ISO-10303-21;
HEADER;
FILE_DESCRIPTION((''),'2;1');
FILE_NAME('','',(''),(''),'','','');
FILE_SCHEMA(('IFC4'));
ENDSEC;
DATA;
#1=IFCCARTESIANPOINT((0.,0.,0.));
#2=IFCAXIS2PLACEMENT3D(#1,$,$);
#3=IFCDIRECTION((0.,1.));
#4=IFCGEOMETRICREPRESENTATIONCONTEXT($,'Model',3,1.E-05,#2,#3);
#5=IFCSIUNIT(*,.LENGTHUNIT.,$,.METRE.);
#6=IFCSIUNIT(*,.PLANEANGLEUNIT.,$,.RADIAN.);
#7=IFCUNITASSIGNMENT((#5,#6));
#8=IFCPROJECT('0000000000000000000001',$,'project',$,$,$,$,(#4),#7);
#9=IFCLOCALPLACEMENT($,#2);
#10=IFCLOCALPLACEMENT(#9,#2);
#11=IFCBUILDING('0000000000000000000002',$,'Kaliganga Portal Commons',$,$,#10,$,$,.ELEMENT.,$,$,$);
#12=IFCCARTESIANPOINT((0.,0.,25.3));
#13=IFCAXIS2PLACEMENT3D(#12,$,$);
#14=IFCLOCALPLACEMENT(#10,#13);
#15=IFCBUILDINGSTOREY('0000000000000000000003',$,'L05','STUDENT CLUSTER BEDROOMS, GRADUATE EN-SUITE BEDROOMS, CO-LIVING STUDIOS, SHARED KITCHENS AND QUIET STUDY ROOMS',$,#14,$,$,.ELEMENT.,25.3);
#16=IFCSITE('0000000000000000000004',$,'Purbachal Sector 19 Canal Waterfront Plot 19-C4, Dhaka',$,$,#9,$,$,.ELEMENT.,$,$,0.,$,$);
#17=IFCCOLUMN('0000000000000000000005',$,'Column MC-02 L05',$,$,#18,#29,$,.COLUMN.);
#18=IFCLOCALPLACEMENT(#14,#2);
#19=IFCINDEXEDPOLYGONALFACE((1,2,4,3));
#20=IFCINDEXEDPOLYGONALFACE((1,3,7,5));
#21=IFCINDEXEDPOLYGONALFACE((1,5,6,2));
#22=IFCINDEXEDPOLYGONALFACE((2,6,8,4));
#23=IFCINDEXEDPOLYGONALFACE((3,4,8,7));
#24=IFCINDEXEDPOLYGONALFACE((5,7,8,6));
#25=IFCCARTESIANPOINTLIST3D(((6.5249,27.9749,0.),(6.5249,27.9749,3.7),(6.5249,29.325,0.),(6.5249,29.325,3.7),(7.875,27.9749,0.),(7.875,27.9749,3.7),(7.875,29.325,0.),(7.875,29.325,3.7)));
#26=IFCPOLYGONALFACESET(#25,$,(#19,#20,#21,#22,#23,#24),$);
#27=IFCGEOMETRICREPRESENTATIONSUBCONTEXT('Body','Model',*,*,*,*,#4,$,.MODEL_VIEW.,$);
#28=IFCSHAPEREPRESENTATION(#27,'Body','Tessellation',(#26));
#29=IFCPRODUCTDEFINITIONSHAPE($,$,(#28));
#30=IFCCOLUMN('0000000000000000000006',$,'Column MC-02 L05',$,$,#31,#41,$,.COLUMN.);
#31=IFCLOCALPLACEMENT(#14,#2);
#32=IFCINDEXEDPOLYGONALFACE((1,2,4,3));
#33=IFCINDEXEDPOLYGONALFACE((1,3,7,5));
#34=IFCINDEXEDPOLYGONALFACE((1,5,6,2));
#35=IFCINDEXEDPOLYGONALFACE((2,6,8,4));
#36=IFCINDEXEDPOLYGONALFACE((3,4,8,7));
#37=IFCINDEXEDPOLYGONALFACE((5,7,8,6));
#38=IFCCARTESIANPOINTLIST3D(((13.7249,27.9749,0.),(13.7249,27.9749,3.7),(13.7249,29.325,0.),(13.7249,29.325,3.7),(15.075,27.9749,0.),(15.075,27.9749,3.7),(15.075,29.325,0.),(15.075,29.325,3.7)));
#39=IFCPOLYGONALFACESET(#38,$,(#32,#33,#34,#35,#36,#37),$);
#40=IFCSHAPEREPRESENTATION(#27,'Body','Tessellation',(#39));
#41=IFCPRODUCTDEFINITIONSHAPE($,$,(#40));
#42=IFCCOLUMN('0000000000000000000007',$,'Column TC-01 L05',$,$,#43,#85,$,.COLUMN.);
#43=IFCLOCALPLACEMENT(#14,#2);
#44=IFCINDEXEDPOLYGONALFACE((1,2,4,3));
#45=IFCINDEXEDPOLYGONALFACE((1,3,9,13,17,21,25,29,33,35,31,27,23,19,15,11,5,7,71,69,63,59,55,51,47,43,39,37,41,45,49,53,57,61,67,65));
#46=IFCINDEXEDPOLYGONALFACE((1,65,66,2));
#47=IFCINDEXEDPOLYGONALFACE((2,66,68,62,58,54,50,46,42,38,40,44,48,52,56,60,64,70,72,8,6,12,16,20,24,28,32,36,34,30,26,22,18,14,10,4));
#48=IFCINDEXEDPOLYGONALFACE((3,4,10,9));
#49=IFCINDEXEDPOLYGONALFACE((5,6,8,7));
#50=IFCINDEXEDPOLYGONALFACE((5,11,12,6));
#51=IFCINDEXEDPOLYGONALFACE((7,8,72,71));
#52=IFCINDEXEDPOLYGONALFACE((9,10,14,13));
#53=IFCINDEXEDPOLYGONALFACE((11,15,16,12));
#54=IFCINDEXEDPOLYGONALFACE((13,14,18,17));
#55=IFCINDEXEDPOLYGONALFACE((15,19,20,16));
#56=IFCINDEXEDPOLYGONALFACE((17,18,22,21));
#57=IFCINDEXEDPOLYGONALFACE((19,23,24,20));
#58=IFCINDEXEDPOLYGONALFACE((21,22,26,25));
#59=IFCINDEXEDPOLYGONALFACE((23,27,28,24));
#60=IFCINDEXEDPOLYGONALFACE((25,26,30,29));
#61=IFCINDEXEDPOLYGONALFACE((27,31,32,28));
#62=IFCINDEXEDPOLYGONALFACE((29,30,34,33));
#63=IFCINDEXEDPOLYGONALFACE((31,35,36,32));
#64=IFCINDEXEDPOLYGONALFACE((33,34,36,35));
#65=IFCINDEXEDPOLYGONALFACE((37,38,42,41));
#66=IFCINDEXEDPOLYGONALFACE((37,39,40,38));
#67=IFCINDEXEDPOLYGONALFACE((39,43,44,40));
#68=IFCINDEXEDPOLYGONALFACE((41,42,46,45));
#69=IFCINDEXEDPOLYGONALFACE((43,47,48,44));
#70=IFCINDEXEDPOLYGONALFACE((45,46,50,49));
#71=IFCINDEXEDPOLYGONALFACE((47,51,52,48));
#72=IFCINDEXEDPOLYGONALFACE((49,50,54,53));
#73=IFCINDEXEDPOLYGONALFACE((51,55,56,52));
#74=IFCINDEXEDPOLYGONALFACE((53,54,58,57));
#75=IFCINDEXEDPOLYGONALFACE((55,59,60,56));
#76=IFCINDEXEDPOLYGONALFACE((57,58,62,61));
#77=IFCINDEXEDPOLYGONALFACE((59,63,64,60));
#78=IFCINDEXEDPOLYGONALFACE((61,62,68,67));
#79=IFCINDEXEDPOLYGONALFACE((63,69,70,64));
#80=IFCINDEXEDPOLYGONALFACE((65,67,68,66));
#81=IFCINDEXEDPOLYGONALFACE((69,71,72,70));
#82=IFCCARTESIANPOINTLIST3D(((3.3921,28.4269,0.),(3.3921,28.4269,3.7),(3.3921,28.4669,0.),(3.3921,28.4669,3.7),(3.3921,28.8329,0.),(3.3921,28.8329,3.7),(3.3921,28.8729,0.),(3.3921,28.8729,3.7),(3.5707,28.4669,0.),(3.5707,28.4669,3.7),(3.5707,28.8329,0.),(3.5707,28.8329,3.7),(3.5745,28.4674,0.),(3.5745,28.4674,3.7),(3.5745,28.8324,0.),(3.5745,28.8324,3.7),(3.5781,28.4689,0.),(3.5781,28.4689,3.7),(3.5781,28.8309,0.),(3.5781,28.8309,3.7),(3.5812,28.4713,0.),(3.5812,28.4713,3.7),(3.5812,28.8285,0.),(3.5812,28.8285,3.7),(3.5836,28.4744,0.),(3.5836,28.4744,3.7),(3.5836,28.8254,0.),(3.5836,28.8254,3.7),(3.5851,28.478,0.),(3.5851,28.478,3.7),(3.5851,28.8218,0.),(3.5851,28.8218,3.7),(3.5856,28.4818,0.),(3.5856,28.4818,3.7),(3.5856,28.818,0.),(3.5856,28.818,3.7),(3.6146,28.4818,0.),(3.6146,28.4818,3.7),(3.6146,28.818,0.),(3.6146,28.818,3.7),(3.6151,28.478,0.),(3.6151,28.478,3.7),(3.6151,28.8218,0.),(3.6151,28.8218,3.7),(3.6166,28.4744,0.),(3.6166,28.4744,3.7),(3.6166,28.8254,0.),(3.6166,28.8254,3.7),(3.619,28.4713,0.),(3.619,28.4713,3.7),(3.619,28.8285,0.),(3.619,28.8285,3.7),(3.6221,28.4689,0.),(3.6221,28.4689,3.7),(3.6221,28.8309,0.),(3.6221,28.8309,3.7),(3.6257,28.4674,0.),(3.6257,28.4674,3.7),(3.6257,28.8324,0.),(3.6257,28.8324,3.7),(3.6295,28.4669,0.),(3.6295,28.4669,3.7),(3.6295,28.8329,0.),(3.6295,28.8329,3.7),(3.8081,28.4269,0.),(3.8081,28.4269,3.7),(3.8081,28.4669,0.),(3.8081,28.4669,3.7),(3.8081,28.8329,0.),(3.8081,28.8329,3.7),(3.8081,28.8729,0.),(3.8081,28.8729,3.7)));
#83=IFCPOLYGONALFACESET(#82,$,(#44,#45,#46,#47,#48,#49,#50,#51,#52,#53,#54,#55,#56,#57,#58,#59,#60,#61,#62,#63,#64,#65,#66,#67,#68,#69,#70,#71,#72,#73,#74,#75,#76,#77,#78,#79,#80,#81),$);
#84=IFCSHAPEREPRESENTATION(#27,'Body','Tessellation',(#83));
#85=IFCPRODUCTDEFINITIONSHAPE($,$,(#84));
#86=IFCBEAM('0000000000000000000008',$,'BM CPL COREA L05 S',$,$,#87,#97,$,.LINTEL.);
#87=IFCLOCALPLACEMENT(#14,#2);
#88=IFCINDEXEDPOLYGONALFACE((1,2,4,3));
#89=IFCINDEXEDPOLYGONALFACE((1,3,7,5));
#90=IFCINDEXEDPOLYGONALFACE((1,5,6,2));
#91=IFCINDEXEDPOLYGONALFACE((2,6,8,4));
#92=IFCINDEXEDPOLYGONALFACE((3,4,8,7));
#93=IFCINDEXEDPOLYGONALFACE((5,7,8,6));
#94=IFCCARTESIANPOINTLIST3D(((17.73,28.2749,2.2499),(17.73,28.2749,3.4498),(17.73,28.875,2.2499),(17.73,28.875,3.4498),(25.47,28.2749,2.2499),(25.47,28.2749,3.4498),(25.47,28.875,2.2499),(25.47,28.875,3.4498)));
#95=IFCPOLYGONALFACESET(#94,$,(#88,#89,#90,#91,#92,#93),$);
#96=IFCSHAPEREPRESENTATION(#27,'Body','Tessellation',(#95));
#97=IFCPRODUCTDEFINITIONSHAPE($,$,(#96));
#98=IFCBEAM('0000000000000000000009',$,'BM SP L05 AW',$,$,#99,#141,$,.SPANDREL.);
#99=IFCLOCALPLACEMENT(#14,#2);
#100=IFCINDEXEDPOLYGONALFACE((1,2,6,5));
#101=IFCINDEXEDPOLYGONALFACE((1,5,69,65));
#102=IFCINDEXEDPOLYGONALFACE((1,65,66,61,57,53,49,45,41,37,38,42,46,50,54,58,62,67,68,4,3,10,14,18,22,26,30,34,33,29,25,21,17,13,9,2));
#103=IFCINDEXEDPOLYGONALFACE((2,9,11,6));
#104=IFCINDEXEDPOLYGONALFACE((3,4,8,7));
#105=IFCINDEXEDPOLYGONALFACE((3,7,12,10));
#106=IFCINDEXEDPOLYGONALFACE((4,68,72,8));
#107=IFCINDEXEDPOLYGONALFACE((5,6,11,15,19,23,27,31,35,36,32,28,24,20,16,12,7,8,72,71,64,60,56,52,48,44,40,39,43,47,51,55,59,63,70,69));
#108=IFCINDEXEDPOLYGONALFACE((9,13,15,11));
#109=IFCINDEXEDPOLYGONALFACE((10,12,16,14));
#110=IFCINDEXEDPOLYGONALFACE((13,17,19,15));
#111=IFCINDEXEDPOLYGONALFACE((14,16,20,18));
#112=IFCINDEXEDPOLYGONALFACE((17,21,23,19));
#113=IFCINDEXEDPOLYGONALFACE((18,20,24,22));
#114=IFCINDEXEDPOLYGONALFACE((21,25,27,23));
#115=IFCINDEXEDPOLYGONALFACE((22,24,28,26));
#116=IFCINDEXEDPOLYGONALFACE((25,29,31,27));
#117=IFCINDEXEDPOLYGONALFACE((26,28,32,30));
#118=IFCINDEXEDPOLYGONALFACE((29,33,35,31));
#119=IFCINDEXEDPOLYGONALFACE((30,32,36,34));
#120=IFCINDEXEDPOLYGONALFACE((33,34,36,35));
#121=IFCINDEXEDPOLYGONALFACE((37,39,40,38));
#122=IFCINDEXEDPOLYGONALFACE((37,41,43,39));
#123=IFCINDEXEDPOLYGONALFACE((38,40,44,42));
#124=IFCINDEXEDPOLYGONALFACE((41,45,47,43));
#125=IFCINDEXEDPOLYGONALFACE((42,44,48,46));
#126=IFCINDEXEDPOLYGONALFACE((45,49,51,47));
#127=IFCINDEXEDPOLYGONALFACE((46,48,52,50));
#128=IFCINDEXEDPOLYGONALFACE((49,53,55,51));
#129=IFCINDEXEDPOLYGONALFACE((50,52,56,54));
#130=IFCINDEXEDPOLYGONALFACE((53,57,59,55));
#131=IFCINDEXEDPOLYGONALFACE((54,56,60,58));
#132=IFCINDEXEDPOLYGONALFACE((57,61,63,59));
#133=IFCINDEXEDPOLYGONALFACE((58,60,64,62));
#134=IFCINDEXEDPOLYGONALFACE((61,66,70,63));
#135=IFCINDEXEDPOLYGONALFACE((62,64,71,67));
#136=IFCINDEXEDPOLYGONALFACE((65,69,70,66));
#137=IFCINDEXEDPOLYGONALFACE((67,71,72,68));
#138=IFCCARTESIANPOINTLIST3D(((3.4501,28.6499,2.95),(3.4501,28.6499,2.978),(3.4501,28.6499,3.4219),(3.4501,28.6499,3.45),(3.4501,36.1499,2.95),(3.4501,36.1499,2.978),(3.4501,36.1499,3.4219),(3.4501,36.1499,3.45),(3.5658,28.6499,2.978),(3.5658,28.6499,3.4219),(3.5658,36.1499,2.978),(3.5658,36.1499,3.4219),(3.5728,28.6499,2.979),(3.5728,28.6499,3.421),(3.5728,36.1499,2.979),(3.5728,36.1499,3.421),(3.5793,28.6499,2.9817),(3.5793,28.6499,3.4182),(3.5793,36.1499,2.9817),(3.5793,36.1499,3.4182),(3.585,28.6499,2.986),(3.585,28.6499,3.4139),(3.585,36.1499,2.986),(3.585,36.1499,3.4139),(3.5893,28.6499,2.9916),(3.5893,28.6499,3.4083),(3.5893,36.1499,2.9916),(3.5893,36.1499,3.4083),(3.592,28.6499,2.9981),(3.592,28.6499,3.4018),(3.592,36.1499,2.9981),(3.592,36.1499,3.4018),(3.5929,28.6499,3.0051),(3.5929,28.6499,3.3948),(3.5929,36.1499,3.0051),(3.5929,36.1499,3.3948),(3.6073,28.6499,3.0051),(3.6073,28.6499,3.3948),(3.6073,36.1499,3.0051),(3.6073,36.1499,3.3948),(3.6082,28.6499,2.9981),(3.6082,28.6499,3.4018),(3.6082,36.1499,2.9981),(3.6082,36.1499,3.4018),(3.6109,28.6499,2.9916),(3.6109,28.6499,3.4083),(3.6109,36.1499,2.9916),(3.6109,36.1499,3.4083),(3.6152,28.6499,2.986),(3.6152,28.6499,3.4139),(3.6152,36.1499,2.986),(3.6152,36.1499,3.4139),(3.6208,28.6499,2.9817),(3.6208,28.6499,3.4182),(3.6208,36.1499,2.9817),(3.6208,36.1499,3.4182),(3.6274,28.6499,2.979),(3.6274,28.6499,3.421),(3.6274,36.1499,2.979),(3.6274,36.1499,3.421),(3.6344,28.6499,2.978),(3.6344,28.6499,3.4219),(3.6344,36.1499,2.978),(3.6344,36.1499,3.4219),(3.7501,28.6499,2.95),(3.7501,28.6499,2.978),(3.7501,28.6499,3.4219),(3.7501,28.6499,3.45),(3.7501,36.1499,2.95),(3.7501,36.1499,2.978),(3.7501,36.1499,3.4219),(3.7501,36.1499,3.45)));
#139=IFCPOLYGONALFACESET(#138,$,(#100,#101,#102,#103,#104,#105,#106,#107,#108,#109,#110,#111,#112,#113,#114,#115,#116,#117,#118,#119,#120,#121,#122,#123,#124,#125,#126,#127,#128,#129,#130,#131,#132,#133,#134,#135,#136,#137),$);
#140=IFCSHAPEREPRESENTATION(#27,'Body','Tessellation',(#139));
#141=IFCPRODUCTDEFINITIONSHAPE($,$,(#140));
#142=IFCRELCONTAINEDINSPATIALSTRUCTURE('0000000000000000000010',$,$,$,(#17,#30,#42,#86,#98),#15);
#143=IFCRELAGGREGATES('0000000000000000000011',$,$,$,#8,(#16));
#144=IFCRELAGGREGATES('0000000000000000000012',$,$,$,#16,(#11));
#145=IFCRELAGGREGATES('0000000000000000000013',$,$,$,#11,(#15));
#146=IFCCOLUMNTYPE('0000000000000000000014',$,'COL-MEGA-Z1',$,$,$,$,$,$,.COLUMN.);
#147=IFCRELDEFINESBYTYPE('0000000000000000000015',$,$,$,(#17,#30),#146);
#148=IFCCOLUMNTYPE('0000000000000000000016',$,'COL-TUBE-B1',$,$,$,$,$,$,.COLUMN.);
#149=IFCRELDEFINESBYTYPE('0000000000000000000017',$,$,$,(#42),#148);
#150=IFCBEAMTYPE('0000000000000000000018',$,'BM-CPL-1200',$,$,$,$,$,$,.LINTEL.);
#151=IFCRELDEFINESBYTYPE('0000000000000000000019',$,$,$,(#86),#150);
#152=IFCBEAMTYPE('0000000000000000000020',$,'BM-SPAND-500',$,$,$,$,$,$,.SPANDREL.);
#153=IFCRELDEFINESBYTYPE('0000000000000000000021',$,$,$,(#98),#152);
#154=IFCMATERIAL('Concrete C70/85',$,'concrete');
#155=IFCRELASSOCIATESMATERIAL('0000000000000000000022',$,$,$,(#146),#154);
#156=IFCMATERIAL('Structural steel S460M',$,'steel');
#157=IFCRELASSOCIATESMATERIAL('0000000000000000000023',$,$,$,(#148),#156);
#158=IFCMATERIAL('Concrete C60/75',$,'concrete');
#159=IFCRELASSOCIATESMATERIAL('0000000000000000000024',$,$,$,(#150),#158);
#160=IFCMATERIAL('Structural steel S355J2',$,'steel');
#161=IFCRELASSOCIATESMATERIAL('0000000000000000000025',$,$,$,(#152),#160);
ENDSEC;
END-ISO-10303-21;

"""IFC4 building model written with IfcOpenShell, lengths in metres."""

from ifc_helpers import new_model, si_unit, direction, frame, origin, origin_2d, place, context, subcontext, project, spatial, rectangle, i_section, extrude, source, transform, mapped, material, material_profile, profile_set, type_object, element, save


model = new_model("IFC4")

# Units and contexts
model_context = context("Model", 3, precision=1e-05, world=origin(), true_north=direction((0.0, 1.0)))
body_context = subcontext(model_context, "Body", "Model", "MODEL_VIEW")
ifc_project = project(units=[si_unit("LENGTHUNIT", "METRE"), si_unit("PLANEANGLEUNIT", "RADIAN")], contexts=[model_context])

# Site, building, storey
site_placement = place(None, origin())
site = spatial("IfcSite", under=ifc_project, at=site_placement, Name="Purbachal Sector 19 Canal Waterfront Plot 19-C4, Dhaka", CompositionType="ELEMENT", RefElevation=0.0)
building_placement = place(site_placement, origin())
building = spatial("IfcBuilding", under=site, at=building_placement, Name="Kaliganga Portal Commons", CompositionType="ELEMENT")
storey_placement = place(building_placement, frame((0.0, 0.0, 25.3)))
storey = spatial("IfcBuildingStorey", under=building, at=storey_placement, Name="L05", Description="STUDENT CLUSTER BEDROOMS, GRADUATE EN-SUITE BEDROOMS, CO-LIVING STUDIOS, SHARED KITCHENS AND QUIET STUDY ROOMS", CompositionType="ELEMENT", Elevation=25.3)

# Columns
ifc_material_1 = material(Name="Concrete C70/85", Category="concrete")
ifc_material_profile_1 = material_profile(ifc_material_1, rectangle(XDim=1.3501, YDim=1.3501, at=origin_2d()), Name="RC 1350x1350")
ifc_profile_set_1 = profile_set([ifc_material_profile_1], Name="Concrete C70/85")
column_type_1 = type_object("IfcColumnType", Name="COL-MEGA-Z1", PredefinedType="COLUMN", material=ifc_profile_set_1)
shared_shape_1 = source(origin(), body_context, "Body", "SweptSolid", [
    extrude(rectangle(XDim=1.3501, YDim=1.3501, at=origin_2d()), origin(), (0.0, 0.0, 1.0), 3.7),
])
for number, where, z_axis, x_axis, name in (
    (1, (7.2, 28.6499, 0.0), (0.0, 0.0, 1.0), (1.0, 0.0, 0.0), "Column MC-02 L05"),
    (2, (14.3999, 28.6499, 0.0), (0.0, 0.0, 1.0), (1.0, 0.0, 0.0), "Column MC-02 L05"),
):
    element("IfcColumn", number, at=place(storey_placement, frame(where, z_axis=z_axis, x_axis=x_axis)), inside=storey, type_object=column_type_1, Name=name, PredefinedType="COLUMN", context=body_context, shape_type="MappedRepresentation", body=[
        mapped(shared_shape_1, transform((0.0, 0.0, 0.0), x_axis=(1.0, 0.0, 0.0), y_axis=(0.0, 1.0, 0.0), z_axis=(0.0, 0.0, 1.0), scale=1.0)),
    ])
ifc_material_2 = material(Name="Structural steel S460M", Category="steel")
ifc_material_profile_2 = material_profile(ifc_material_2, i_section(OverallWidth=0.416, OverallDepth=0.446, WebThickness=0.0291, FlangeThickness=0.04, FilletRadius=0.0149, at=origin_2d()), Name="HD 400x509")
ifc_profile_set_2 = profile_set([ifc_material_profile_2], Name="Structural steel S460M wide-flange")
column_type_2 = type_object("IfcColumnType", Name="COL-TUBE-B1", PredefinedType="COLUMN", material=ifc_profile_set_2)
shared_shape_2 = source(origin(), body_context, "Body", "SweptSolid", [
    extrude(i_section(OverallWidth=0.416, OverallDepth=0.446, WebThickness=0.0291, FlangeThickness=0.04, FilletRadius=0.0149, at=origin_2d()), origin(), (0.0, 0.0, 1.0), 3.7),
])
column_placement = place(storey_placement, frame((3.6001, 28.6499, 0.0), z_axis=(0.0, 0.0, 1.0), x_axis=(1.0, 0.0, 0.0)))
element("IfcColumn", 3, at=column_placement, inside=storey, type_object=column_type_2, Name="Column TC-01 L05", PredefinedType="COLUMN", context=body_context, shape_type="MappedRepresentation", body=[
    mapped(shared_shape_2, transform((0.0, 0.0, 0.0), x_axis=(1.0, 0.0, 0.0), y_axis=(0.0, 1.0, 0.0), z_axis=(0.0, 0.0, 1.0), scale=1.0)),
])

# Beams
ifc_material_3 = material(Name="Concrete C60/75", Category="concrete")
ifc_material_profile_3 = material_profile(ifc_material_3, rectangle(XDim=0.6001, YDim=1.2, at=origin_2d()), Name="RC 600x1200")
ifc_profile_set_3 = profile_set([ifc_material_profile_3], Name="Concrete C60/75")
beam_type_1 = type_object("IfcBeamType", Name="BM-CPL-1200", PredefinedType="LINTEL", material=ifc_profile_set_3)
shared_shape_3 = source(origin(), body_context, "Body", "SweptSolid", [
    extrude(rectangle(XDim=0.6001, YDim=1.2, at=origin_2d()), origin(), (0.0, 0.0, 1.0), 7.74),
])
beam_1_placement = place(storey_placement, frame((17.73, 28.575, 2.8499), z_axis=(1.0, 0.0, 0.0), x_axis=(0.0, 1.0, 0.0)))
element("IfcBeam", 4, at=beam_1_placement, inside=storey, type_object=beam_type_1, Name="BM CPL COREA L05 S", PredefinedType="LINTEL", context=body_context, shape_type="MappedRepresentation", body=[
    mapped(shared_shape_3, transform((0.0, 0.0, 0.0), x_axis=(1.0, 0.0, 0.0), y_axis=(0.0, 1.0, 0.0), z_axis=(0.0, 0.0, 1.0), scale=1.0)),
])
ifc_material_4 = material(Name="Structural steel S355J2", Category="steel")
ifc_material_profile_4 = material_profile(ifc_material_4, i_section(OverallWidth=0.3, OverallDepth=0.5, WebThickness=0.0144, FlangeThickness=0.0281, FilletRadius=0.0271, at=origin_2d()), Name="HE 500 B")
ifc_profile_set_4 = profile_set([ifc_material_profile_4], Name="Structural steel S355J2 wide-flange")
beam_type_2 = type_object("IfcBeamType", Name="BM-SPAND-500", PredefinedType="SPANDREL", material=ifc_profile_set_4)
shared_shape_4 = source(origin(), body_context, "Body", "SweptSolid", [
    extrude(i_section(OverallWidth=0.3, OverallDepth=0.5, WebThickness=0.0144, FlangeThickness=0.0281, FilletRadius=0.0271, at=origin_2d()), origin(), (0.0, 0.0, 1.0), 7.5),
])
beam_2_placement = place(storey_placement, frame((3.6001, 28.6499, 3.2), z_axis=(0.0, 1.0, 0.0), x_axis=(-1.0, 0.0, 0.0)))
element("IfcBeam", 5, at=beam_2_placement, inside=storey, type_object=beam_type_2, Name="BM SP L05 AW", PredefinedType="SPANDREL", context=body_context, shape_type="MappedRepresentation", body=[
    mapped(shared_shape_4, transform((0.0, 0.0, 0.0), x_axis=(1.0, 0.0, 0.0), y_axis=(0.0, 1.0, 0.0), z_axis=(0.0, 0.0, 1.0), scale=1.0)),
])

save(model, "model.ifc")
